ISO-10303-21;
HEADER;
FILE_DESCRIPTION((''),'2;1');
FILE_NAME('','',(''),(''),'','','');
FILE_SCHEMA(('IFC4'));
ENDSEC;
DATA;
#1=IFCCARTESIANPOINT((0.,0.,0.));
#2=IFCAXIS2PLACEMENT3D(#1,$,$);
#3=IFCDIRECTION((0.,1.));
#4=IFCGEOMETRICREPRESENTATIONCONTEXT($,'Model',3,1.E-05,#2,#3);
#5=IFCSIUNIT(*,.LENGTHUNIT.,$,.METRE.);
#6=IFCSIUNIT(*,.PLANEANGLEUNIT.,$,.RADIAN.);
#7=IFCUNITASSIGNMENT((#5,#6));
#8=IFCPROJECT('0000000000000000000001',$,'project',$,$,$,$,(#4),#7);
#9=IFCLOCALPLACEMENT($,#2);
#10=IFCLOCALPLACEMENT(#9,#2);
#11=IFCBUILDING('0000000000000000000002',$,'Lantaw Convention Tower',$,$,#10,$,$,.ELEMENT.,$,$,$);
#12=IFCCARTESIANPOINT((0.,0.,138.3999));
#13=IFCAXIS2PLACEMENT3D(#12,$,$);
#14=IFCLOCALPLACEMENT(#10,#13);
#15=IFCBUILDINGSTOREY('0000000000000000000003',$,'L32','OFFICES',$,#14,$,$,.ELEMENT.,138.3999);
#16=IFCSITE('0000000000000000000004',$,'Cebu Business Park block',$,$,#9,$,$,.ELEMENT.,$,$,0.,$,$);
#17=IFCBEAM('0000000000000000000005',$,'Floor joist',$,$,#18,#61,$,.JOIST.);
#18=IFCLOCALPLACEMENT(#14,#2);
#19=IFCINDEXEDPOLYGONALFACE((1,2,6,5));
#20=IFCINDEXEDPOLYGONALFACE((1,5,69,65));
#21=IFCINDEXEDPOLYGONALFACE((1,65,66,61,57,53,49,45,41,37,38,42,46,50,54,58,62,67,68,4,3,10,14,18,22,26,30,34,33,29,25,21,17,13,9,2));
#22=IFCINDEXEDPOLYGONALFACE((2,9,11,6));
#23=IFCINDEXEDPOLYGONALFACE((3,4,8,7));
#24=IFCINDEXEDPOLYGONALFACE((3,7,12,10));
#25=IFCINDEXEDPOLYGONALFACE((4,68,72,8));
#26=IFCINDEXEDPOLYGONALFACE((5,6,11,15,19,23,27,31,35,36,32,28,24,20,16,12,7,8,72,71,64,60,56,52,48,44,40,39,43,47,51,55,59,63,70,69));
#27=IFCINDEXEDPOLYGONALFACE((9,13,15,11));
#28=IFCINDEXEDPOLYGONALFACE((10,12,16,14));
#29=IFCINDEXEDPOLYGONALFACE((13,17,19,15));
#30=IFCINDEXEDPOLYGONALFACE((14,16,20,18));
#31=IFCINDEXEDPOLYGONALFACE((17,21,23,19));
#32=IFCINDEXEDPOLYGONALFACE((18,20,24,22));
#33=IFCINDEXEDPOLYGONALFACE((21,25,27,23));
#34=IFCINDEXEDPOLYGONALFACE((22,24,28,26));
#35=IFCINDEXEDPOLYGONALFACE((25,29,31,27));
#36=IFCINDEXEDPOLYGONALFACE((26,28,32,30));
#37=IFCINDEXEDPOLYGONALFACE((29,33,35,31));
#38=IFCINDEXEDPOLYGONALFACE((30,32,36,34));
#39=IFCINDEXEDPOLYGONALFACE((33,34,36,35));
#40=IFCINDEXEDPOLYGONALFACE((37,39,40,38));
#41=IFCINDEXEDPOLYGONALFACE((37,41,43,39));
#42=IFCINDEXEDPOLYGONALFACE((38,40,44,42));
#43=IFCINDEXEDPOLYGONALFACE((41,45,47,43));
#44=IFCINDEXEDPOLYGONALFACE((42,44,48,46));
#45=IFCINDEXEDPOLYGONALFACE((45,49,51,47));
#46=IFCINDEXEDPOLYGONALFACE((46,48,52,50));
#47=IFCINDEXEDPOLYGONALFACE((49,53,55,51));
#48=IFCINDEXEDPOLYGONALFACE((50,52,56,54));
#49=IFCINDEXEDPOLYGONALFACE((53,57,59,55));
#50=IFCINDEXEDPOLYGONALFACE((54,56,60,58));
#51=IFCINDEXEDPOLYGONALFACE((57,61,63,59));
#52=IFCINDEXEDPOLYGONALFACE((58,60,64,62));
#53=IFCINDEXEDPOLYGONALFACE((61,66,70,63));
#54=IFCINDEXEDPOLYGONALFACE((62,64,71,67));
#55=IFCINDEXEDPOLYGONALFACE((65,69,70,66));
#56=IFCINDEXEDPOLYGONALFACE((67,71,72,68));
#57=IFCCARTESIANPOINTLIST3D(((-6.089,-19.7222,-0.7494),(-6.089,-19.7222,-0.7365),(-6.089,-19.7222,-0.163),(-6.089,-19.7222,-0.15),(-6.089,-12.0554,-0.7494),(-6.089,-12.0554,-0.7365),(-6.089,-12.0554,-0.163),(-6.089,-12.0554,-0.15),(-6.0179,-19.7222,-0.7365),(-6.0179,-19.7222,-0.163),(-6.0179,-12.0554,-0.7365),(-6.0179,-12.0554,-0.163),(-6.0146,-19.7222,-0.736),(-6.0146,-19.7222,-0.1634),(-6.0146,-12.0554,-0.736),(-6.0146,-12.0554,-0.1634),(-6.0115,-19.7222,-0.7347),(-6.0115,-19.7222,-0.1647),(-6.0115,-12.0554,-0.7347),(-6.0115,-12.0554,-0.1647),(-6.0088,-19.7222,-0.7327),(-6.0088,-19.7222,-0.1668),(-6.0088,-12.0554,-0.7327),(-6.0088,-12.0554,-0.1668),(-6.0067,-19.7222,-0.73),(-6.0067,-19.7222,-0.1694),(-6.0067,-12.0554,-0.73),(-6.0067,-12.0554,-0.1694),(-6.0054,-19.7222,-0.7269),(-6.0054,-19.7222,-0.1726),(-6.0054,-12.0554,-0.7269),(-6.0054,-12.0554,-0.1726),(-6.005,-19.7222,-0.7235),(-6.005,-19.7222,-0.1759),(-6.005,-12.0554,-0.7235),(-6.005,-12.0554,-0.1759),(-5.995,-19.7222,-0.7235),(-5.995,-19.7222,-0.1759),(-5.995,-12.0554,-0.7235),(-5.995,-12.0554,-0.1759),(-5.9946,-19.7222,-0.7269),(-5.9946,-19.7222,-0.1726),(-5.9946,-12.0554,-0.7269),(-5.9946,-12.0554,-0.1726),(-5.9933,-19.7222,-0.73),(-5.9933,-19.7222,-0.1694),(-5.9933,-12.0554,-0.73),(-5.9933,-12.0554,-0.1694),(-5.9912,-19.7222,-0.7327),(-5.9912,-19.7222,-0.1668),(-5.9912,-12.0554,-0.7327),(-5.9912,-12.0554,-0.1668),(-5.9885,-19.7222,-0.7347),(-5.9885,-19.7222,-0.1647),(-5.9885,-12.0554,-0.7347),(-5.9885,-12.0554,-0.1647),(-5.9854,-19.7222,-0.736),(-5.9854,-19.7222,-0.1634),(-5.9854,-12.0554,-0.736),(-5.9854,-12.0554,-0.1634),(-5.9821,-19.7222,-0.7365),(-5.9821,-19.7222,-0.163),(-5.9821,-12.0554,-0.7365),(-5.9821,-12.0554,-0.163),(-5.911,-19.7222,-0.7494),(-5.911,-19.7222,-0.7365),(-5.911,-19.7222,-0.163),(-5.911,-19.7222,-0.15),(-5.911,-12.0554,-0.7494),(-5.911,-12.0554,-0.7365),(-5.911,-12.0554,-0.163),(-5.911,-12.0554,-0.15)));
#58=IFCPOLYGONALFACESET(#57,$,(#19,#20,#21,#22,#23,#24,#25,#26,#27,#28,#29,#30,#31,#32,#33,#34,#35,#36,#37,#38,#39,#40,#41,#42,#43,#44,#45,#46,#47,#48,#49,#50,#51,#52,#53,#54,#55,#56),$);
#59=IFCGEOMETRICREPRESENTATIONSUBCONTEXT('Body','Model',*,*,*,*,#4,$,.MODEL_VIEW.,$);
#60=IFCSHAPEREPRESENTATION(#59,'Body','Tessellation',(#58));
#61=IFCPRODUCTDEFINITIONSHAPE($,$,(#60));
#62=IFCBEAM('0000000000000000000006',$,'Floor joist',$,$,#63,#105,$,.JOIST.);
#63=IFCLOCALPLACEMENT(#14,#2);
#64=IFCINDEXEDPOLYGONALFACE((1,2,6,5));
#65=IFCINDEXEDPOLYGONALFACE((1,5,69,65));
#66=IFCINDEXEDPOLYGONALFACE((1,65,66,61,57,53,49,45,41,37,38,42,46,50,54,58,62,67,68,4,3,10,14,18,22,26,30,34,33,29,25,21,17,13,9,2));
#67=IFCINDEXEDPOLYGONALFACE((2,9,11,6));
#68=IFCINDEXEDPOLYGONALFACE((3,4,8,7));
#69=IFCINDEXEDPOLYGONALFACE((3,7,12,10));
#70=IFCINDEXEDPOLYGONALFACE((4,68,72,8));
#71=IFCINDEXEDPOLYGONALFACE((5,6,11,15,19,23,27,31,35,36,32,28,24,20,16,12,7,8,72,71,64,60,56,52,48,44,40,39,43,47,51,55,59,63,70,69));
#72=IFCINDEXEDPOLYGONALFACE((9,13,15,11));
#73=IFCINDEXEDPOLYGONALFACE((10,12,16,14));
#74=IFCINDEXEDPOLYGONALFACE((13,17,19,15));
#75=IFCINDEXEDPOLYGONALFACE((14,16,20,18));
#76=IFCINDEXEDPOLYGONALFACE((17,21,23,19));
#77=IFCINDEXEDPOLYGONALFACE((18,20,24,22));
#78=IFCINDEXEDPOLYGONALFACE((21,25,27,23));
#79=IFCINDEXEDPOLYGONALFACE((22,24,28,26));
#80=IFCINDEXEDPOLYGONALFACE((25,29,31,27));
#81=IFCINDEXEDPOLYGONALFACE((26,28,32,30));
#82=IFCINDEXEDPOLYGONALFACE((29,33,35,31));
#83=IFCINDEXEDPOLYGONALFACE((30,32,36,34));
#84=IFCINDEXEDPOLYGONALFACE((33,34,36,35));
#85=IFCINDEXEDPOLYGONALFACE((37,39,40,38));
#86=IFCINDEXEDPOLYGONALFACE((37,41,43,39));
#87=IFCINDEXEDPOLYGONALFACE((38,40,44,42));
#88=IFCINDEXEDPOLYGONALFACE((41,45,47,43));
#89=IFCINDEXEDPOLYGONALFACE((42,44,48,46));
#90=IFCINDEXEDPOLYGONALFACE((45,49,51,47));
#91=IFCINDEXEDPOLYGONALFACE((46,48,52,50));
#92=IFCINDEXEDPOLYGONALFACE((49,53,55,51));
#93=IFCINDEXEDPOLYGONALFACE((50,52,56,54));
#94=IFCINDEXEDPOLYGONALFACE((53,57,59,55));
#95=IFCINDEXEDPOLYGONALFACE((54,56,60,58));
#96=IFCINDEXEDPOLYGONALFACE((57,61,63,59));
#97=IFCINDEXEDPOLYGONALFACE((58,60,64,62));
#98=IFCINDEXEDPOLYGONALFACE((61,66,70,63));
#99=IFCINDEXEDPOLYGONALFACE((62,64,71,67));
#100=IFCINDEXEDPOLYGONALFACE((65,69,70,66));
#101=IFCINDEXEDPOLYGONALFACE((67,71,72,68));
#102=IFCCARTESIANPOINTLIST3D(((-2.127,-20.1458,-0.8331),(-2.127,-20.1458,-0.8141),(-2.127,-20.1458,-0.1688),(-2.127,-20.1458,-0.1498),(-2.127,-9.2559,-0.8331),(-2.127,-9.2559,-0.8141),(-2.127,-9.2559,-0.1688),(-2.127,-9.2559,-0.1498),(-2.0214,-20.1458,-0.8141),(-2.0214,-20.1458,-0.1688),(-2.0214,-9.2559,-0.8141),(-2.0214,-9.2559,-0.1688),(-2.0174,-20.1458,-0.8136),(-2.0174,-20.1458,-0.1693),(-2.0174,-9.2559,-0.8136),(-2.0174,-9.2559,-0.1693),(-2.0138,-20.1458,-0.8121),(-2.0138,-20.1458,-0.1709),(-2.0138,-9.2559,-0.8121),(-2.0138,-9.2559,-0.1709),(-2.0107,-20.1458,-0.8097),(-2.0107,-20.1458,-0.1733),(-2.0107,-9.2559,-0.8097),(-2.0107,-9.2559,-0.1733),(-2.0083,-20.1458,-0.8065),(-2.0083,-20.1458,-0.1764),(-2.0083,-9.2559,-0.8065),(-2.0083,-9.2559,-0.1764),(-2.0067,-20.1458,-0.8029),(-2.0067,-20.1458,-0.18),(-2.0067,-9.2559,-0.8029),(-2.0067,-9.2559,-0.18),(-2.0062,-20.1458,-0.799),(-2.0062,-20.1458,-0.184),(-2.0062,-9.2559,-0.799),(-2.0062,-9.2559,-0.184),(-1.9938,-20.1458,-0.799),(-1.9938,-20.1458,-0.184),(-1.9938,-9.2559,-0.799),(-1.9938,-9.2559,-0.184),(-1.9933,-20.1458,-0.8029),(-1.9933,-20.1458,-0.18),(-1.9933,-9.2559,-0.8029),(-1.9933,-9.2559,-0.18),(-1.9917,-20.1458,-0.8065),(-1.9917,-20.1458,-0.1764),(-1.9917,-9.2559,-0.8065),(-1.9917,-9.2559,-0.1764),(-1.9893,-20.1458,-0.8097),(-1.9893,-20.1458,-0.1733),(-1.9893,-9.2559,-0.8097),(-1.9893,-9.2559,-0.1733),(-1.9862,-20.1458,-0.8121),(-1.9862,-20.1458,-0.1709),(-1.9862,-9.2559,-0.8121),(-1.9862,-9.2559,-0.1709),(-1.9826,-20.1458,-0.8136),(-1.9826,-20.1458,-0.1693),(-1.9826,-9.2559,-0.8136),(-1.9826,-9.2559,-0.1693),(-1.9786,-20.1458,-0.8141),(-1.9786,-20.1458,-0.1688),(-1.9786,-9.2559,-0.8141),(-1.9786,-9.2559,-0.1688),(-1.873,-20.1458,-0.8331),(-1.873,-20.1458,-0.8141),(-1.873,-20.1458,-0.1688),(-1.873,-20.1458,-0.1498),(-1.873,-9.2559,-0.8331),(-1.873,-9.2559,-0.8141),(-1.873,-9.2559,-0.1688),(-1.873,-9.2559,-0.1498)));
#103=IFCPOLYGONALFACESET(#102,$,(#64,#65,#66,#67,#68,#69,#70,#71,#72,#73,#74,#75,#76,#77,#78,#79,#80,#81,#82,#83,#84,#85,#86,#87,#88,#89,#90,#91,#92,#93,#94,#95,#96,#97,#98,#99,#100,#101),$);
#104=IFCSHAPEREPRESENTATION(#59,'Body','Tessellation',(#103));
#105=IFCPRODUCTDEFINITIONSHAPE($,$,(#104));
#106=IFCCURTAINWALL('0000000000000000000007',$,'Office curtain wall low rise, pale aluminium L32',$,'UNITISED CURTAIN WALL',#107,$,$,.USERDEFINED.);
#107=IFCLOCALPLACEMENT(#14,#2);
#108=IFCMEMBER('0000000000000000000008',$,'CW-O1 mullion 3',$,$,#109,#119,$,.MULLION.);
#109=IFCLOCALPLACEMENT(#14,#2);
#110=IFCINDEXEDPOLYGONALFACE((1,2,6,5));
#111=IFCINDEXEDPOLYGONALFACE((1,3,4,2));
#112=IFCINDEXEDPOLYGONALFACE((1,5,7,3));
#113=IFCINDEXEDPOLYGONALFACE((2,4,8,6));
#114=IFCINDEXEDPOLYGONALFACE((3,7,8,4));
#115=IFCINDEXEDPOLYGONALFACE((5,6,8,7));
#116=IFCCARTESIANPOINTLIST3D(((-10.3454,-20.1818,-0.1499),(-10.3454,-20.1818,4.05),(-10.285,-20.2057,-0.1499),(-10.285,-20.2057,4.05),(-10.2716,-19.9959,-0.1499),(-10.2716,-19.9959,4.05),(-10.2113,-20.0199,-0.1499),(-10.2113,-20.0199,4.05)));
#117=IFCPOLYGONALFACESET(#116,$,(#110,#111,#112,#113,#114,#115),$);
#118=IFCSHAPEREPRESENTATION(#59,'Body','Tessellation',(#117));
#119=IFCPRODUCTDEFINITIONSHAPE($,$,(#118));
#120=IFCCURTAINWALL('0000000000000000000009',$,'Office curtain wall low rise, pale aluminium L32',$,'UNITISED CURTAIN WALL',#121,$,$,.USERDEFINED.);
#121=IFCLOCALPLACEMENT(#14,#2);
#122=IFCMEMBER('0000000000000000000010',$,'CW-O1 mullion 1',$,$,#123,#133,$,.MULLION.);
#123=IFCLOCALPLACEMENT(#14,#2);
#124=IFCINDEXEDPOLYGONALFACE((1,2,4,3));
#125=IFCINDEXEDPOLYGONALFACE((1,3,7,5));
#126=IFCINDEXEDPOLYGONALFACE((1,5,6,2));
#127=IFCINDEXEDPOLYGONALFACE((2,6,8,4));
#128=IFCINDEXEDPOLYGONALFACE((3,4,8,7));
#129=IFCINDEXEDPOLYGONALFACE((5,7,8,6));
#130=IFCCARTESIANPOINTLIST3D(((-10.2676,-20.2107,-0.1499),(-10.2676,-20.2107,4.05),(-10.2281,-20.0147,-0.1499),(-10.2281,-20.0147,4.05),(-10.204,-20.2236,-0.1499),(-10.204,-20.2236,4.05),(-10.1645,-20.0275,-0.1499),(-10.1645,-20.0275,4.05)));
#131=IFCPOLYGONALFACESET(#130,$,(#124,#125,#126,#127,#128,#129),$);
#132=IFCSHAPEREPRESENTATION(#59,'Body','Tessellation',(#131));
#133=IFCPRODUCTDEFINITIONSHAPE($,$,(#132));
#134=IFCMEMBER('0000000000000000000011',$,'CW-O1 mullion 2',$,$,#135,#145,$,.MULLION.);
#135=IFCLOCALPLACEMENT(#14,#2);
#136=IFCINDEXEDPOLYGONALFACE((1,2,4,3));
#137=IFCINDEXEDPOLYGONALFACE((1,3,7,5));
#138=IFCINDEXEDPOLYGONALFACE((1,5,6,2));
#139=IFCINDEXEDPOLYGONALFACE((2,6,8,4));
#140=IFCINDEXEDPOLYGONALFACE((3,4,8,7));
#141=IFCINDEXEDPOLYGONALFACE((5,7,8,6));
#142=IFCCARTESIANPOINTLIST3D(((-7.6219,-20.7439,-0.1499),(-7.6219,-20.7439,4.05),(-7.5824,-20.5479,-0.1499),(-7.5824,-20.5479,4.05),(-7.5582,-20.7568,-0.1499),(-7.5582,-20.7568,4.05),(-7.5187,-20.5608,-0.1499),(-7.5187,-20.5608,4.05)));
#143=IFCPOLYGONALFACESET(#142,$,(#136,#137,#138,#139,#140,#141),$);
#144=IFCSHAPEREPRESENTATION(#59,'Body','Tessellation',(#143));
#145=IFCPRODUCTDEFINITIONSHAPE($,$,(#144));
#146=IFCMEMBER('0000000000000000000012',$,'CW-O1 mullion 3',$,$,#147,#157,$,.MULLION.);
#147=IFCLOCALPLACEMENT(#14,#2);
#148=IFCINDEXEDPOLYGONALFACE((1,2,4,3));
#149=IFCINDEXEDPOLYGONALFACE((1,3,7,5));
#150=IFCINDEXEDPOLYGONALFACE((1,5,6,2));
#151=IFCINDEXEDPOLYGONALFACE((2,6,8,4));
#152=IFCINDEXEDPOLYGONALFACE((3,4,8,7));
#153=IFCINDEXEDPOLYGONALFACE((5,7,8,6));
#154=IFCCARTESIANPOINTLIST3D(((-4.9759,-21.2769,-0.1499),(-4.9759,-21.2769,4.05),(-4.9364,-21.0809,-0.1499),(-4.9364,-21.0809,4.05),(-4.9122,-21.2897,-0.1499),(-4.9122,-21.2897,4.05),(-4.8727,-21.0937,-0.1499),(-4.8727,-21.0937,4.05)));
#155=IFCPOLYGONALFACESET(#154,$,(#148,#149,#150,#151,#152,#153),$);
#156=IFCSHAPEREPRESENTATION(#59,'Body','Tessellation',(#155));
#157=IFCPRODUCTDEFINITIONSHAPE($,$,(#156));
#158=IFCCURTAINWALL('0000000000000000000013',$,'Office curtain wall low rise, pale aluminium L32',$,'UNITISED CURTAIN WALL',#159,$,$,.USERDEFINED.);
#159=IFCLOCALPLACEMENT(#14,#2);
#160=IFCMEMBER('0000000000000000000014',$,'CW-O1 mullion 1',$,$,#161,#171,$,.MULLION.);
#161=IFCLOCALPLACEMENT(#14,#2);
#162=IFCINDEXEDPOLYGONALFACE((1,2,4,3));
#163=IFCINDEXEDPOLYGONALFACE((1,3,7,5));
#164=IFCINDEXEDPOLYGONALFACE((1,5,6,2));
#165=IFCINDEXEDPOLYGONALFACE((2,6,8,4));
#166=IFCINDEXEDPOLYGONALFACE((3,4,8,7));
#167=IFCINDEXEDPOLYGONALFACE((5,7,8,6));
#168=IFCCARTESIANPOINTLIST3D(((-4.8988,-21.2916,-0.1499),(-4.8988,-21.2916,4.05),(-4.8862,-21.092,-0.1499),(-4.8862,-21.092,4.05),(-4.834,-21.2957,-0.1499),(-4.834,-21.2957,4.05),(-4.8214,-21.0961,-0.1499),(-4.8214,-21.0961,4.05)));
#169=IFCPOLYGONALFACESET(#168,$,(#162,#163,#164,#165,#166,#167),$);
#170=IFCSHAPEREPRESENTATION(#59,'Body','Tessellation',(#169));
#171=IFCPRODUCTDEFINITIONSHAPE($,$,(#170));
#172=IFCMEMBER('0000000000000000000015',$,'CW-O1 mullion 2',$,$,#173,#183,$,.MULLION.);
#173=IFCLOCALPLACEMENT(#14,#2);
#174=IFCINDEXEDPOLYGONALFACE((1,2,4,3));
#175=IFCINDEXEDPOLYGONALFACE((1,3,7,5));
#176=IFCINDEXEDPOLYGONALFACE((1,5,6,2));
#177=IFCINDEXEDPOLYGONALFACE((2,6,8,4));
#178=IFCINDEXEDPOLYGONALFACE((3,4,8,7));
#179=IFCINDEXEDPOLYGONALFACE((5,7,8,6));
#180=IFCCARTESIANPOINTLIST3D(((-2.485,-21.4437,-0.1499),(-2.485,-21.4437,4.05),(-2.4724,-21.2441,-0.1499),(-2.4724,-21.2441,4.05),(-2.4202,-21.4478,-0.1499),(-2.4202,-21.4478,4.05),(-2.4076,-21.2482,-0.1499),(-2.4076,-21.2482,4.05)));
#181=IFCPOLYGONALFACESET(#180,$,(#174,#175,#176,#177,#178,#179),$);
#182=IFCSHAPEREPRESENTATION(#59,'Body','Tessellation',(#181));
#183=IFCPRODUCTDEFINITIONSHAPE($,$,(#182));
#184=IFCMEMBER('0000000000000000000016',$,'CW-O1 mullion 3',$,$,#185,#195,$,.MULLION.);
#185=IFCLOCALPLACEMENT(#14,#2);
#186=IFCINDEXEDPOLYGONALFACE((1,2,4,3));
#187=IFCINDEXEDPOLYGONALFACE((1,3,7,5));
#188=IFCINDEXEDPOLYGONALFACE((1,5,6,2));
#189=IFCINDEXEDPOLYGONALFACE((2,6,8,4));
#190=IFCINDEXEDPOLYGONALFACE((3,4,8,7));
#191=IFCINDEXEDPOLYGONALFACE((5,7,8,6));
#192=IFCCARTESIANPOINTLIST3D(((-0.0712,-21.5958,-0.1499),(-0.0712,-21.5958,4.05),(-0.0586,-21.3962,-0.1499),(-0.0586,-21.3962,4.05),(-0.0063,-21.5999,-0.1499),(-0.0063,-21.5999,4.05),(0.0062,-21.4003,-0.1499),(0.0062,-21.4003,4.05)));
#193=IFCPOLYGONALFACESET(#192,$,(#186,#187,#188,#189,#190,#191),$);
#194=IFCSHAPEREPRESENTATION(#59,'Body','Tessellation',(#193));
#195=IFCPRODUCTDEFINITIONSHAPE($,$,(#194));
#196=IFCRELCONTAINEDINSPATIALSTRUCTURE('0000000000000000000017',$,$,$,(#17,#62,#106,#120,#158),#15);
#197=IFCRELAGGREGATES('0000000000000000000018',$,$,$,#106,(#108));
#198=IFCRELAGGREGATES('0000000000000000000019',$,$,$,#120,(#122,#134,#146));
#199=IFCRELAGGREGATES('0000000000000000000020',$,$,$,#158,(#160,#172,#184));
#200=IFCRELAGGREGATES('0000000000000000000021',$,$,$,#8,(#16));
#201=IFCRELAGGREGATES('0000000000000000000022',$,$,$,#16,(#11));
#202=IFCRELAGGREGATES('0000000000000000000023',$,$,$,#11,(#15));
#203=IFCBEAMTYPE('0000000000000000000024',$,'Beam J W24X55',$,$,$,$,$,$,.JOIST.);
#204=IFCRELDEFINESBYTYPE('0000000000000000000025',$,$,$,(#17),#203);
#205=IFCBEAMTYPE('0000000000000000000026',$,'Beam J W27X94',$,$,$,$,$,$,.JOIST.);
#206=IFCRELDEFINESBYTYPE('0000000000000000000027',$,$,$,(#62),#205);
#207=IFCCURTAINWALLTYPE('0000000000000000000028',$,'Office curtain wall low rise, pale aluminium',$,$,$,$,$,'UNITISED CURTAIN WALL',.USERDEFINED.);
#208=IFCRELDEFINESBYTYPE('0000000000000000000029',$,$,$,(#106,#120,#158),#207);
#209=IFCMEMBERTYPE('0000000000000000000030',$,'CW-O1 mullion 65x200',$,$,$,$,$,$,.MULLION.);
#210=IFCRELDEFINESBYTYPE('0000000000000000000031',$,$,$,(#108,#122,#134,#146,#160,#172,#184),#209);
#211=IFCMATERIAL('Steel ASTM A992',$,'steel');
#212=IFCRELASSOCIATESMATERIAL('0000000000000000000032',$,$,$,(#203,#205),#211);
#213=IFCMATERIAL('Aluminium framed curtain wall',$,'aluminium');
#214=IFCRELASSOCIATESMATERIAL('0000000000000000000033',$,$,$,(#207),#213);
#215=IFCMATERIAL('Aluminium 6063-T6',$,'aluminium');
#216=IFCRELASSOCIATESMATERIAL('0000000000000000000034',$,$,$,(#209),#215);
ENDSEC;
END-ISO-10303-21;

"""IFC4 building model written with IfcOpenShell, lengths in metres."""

from ifc_helpers import new_model, si_unit, direction, frame, origin, origin_2d, place, context, subcontext, project, spatial, rectangle, i_section, extrude, material, material_profile, profile_set, type_object, element, aggregate, save


model = new_model("IFC4")

# Units and contexts
model_context = context("Model", 3, precision=1e-05, world=origin(), true_north=direction((0.0, 1.0)))
body_context = subcontext(model_context, "Body", "Model", "MODEL_VIEW")
ifc_project = project(units=[si_unit("LENGTHUNIT", "METRE"), si_unit("PLANEANGLEUNIT", "RADIAN")], contexts=[model_context])

# Site, building, storey
site_placement = place(None, origin())
site = spatial("IfcSite", under=ifc_project, at=site_placement, Name="Cebu Business Park block", CompositionType="ELEMENT", RefElevation=0.0)
building_placement = place(site_placement, origin())
building = spatial("IfcBuilding", under=site, at=building_placement, Name="Lantaw Convention Tower", CompositionType="ELEMENT")
storey_placement = place(building_placement, frame((0.0, 0.0, 138.3999)))
storey = spatial("IfcBuildingStorey", under=building, at=storey_placement, Name="L32", Description="OFFICES", CompositionType="ELEMENT", Elevation=138.3999)

# Beams
ifc_material_1 = material(Name="Steel ASTM A992", Category="steel")
ifc_material_profile_1 = material_profile(ifc_material_1, i_section(OverallWidth=0.178, OverallDepth=0.5994, WebThickness=0.01, FlangeThickness=0.0129, FilletRadius=0.0129, at=origin_2d()), Name="W24X55")
ifc_profile_set_1 = profile_set([ifc_material_profile_1], Name="Steel ASTM A992")
beam_type_1 = type_object("IfcBeamType", Name="Beam J W24X55", PredefinedType="JOIST", material=ifc_profile_set_1)
beam_1_placement = place(storey_placement, frame((-6.0, -19.7222, -0.4497), z_axis=(0.0, 1.0, 0.0), x_axis=(-1.0, 0.0, 0.0)))
element("IfcBeam", 1, at=beam_1_placement, inside=storey, type_object=beam_type_1, Name="Floor joist", PredefinedType="JOIST", context=body_context, shape_type="SweptSolid", body=[
    extrude(i_section(OverallWidth=0.178, OverallDepth=0.5994, WebThickness=0.01, FlangeThickness=0.0129, FilletRadius=0.0129, at=origin_2d()), origin(), (0.0, 0.0, 1.0), 7.6667),
])
ifc_material_profile_2 = material_profile(ifc_material_1, i_section(OverallWidth=0.2539, OverallDepth=0.6833, WebThickness=0.0125, FlangeThickness=0.019, FilletRadius=0.0151, at=origin_2d()), Name="W27X94")
ifc_profile_set_2 = profile_set([ifc_material_profile_2], Name="Steel ASTM A992")
beam_type_2 = type_object("IfcBeamType", Name="Beam J W27X94", PredefinedType="JOIST", material=ifc_profile_set_2)
beam_2_placement = place(storey_placement, frame((-2.0, -20.1458, -0.4915), z_axis=(0.0, 1.0, 0.0), x_axis=(-1.0, 0.0, 0.0)))
element("IfcBeam", 2, at=beam_2_placement, inside=storey, type_object=beam_type_2, Name="Floor joist", PredefinedType="JOIST", context=body_context, shape_type="SweptSolid", body=[
    extrude(i_section(OverallWidth=0.2539, OverallDepth=0.6833, WebThickness=0.0125, FlangeThickness=0.019, FilletRadius=0.0151, at=origin_2d()), origin(), (0.0, 0.0, 1.0), 10.8899),
])

# Curtain wall, member
ifc_material_2 = material(Name="Aluminium framed curtain wall", Category="aluminium")
curtain_wall_type = type_object("IfcCurtainWallType", Name="Office curtain wall low rise, pale aluminium", ElementType="UNITISED CURTAIN WALL", PredefinedType="USERDEFINED", material=ifc_material_2)
curtain_wall_1_placement = place(storey_placement, origin())
curtain_wall_1 = element("IfcCurtainWall", 3, at=curtain_wall_1_placement, inside=storey, type_object=curtain_wall_type, Name="Office curtain wall low rise, pale aluminium L32", ObjectType="UNITISED CURTAIN WALL", PredefinedType="USERDEFINED")
ifc_material_3 = material(Name="Aluminium 6063-T6", Category="aluminium")
ifc_material_profile_3 = material_profile(ifc_material_3, rectangle(XDim=0.2, YDim=0.0649, at=origin_2d()), Name="CW-O1 mullion 65x200")
ifc_profile_set_3 = profile_set([ifc_material_profile_3], Name="Aluminium 6063-T6")
member_type_1 = type_object("IfcMemberType", Name="CW-O1 mullion 65x200", PredefinedType="MULLION", material=ifc_profile_set_3)
member_1_placement = place(storey_placement, frame((-10.2783, -20.1008, -0.1499), z_axis=(0.0, 0.0, 1.0), x_axis=(0.368702, 0.929548, 0.0)))
member_1 = element("IfcMember", 4, at=member_1_placement, type_object=member_type_1, Name="CW-O1 mullion 3", PredefinedType="MULLION", context=body_context, shape_type="SweptSolid", body=[
    extrude(rectangle(XDim=0.2, YDim=0.0649, at=origin_2d()), origin(), (0.0, 0.0, 1.0), 4.2),
])

# Curtain walls, members
curtain_wall_2_placement = place(storey_placement, origin())
curtain_wall_2 = element("IfcCurtainWall", 5, at=curtain_wall_2_placement, inside=storey, type_object=curtain_wall_type, Name="Office curtain wall low rise, pale aluminium L32", ObjectType="UNITISED CURTAIN WALL", PredefinedType="USERDEFINED")
member_2_placement = place(storey_placement, frame((-10.2161, -20.1191, -0.1499), z_axis=(0.0, 0.0, 1.0), x_axis=(0.197507, 0.980302, 0.0)))
member_2 = element("IfcMember", 6, at=member_2_placement, type_object=member_type_1, Name="CW-O1 mullion 1", PredefinedType="MULLION", context=body_context, shape_type="SweptSolid", body=[
    extrude(rectangle(XDim=0.2, YDim=0.0649, at=origin_2d()), origin(), (0.0, 0.0, 1.0), 4.2),
])
member_3_placement = place(storey_placement, frame((-7.5703, -20.6523, -0.1499), z_axis=(0.0, 0.0, 1.0), x_axis=(0.197507, 0.980302, 0.0)))
member_3 = element("IfcMember", 7, at=member_3_placement, type_object=member_type_1, Name="CW-O1 mullion 2", PredefinedType="MULLION", context=body_context, shape_type="SweptSolid", body=[
    extrude(rectangle(XDim=0.2, YDim=0.0649, at=origin_2d()), origin(), (0.0, 0.0, 1.0), 4.2),
])
member_4_placement = place(storey_placement, frame((-4.9243, -21.1853, -0.1499), z_axis=(0.0, 0.0, 1.0), x_axis=(0.197507, 0.980302, 0.0)))
member_4 = element("IfcMember", 8, at=member_4_placement, type_object=member_type_1, Name="CW-O1 mullion 3", PredefinedType="MULLION", context=body_context, shape_type="SweptSolid", body=[
    extrude(rectangle(XDim=0.2, YDim=0.0649, at=origin_2d()), origin(), (0.0, 0.0, 1.0), 4.2),
])
curtain_wall_3_placement = place(storey_placement, origin())
curtain_wall_3 = element("IfcCurtainWall", 9, at=curtain_wall_3_placement, inside=storey, type_object=curtain_wall_type, Name="Office curtain wall low rise, pale aluminium L32", ObjectType="UNITISED CURTAIN WALL", PredefinedType="USERDEFINED")
member_5_placement = place(storey_placement, frame((-4.8601, -21.1938, -0.1499), z_axis=(0.0, 0.0, 1.0), x_axis=(0.062865, 0.998022, 0.0)))
member_5 = element("IfcMember", 10, at=member_5_placement, type_object=member_type_1, Name="CW-O1 mullion 1", PredefinedType="MULLION", context=body_context, shape_type="SweptSolid", body=[
    extrude(rectangle(XDim=0.2, YDim=0.0649, at=origin_2d()), origin(), (0.0, 0.0, 1.0), 4.2),
])
member_6_placement = place(storey_placement, frame((-2.4463, -21.3459, -0.1499), z_axis=(0.0, 0.0, 1.0), x_axis=(0.062865, 0.998022, 0.0)))
member_6 = element("IfcMember", 11, at=member_6_placement, type_object=member_type_1, Name="CW-O1 mullion 2", PredefinedType="MULLION", context=body_context, shape_type="SweptSolid", body=[
    extrude(rectangle(XDim=0.2, YDim=0.0649, at=origin_2d()), origin(), (0.0, 0.0, 1.0), 4.2),
])
member_7_placement = place(storey_placement, frame((-0.0325, -21.498, -0.1499), z_axis=(0.0, 0.0, 1.0), x_axis=(0.062865, 0.998022, 0.0)))
member_7 = element("IfcMember", 12, at=member_7_placement, type_object=member_type_1, Name="CW-O1 mullion 3", PredefinedType="MULLION", context=body_context, shape_type="SweptSolid", body=[
    extrude(rectangle(XDim=0.2, YDim=0.0649, at=origin_2d()), origin(), (0.0, 0.0, 1.0), 4.2),
])

aggregate(curtain_wall_1, [member_1])
aggregate(curtain_wall_2, [member_2, member_3, member_4])
aggregate(curtain_wall_3, [member_5, member_6, member_7])

save(model, "model.ifc")
